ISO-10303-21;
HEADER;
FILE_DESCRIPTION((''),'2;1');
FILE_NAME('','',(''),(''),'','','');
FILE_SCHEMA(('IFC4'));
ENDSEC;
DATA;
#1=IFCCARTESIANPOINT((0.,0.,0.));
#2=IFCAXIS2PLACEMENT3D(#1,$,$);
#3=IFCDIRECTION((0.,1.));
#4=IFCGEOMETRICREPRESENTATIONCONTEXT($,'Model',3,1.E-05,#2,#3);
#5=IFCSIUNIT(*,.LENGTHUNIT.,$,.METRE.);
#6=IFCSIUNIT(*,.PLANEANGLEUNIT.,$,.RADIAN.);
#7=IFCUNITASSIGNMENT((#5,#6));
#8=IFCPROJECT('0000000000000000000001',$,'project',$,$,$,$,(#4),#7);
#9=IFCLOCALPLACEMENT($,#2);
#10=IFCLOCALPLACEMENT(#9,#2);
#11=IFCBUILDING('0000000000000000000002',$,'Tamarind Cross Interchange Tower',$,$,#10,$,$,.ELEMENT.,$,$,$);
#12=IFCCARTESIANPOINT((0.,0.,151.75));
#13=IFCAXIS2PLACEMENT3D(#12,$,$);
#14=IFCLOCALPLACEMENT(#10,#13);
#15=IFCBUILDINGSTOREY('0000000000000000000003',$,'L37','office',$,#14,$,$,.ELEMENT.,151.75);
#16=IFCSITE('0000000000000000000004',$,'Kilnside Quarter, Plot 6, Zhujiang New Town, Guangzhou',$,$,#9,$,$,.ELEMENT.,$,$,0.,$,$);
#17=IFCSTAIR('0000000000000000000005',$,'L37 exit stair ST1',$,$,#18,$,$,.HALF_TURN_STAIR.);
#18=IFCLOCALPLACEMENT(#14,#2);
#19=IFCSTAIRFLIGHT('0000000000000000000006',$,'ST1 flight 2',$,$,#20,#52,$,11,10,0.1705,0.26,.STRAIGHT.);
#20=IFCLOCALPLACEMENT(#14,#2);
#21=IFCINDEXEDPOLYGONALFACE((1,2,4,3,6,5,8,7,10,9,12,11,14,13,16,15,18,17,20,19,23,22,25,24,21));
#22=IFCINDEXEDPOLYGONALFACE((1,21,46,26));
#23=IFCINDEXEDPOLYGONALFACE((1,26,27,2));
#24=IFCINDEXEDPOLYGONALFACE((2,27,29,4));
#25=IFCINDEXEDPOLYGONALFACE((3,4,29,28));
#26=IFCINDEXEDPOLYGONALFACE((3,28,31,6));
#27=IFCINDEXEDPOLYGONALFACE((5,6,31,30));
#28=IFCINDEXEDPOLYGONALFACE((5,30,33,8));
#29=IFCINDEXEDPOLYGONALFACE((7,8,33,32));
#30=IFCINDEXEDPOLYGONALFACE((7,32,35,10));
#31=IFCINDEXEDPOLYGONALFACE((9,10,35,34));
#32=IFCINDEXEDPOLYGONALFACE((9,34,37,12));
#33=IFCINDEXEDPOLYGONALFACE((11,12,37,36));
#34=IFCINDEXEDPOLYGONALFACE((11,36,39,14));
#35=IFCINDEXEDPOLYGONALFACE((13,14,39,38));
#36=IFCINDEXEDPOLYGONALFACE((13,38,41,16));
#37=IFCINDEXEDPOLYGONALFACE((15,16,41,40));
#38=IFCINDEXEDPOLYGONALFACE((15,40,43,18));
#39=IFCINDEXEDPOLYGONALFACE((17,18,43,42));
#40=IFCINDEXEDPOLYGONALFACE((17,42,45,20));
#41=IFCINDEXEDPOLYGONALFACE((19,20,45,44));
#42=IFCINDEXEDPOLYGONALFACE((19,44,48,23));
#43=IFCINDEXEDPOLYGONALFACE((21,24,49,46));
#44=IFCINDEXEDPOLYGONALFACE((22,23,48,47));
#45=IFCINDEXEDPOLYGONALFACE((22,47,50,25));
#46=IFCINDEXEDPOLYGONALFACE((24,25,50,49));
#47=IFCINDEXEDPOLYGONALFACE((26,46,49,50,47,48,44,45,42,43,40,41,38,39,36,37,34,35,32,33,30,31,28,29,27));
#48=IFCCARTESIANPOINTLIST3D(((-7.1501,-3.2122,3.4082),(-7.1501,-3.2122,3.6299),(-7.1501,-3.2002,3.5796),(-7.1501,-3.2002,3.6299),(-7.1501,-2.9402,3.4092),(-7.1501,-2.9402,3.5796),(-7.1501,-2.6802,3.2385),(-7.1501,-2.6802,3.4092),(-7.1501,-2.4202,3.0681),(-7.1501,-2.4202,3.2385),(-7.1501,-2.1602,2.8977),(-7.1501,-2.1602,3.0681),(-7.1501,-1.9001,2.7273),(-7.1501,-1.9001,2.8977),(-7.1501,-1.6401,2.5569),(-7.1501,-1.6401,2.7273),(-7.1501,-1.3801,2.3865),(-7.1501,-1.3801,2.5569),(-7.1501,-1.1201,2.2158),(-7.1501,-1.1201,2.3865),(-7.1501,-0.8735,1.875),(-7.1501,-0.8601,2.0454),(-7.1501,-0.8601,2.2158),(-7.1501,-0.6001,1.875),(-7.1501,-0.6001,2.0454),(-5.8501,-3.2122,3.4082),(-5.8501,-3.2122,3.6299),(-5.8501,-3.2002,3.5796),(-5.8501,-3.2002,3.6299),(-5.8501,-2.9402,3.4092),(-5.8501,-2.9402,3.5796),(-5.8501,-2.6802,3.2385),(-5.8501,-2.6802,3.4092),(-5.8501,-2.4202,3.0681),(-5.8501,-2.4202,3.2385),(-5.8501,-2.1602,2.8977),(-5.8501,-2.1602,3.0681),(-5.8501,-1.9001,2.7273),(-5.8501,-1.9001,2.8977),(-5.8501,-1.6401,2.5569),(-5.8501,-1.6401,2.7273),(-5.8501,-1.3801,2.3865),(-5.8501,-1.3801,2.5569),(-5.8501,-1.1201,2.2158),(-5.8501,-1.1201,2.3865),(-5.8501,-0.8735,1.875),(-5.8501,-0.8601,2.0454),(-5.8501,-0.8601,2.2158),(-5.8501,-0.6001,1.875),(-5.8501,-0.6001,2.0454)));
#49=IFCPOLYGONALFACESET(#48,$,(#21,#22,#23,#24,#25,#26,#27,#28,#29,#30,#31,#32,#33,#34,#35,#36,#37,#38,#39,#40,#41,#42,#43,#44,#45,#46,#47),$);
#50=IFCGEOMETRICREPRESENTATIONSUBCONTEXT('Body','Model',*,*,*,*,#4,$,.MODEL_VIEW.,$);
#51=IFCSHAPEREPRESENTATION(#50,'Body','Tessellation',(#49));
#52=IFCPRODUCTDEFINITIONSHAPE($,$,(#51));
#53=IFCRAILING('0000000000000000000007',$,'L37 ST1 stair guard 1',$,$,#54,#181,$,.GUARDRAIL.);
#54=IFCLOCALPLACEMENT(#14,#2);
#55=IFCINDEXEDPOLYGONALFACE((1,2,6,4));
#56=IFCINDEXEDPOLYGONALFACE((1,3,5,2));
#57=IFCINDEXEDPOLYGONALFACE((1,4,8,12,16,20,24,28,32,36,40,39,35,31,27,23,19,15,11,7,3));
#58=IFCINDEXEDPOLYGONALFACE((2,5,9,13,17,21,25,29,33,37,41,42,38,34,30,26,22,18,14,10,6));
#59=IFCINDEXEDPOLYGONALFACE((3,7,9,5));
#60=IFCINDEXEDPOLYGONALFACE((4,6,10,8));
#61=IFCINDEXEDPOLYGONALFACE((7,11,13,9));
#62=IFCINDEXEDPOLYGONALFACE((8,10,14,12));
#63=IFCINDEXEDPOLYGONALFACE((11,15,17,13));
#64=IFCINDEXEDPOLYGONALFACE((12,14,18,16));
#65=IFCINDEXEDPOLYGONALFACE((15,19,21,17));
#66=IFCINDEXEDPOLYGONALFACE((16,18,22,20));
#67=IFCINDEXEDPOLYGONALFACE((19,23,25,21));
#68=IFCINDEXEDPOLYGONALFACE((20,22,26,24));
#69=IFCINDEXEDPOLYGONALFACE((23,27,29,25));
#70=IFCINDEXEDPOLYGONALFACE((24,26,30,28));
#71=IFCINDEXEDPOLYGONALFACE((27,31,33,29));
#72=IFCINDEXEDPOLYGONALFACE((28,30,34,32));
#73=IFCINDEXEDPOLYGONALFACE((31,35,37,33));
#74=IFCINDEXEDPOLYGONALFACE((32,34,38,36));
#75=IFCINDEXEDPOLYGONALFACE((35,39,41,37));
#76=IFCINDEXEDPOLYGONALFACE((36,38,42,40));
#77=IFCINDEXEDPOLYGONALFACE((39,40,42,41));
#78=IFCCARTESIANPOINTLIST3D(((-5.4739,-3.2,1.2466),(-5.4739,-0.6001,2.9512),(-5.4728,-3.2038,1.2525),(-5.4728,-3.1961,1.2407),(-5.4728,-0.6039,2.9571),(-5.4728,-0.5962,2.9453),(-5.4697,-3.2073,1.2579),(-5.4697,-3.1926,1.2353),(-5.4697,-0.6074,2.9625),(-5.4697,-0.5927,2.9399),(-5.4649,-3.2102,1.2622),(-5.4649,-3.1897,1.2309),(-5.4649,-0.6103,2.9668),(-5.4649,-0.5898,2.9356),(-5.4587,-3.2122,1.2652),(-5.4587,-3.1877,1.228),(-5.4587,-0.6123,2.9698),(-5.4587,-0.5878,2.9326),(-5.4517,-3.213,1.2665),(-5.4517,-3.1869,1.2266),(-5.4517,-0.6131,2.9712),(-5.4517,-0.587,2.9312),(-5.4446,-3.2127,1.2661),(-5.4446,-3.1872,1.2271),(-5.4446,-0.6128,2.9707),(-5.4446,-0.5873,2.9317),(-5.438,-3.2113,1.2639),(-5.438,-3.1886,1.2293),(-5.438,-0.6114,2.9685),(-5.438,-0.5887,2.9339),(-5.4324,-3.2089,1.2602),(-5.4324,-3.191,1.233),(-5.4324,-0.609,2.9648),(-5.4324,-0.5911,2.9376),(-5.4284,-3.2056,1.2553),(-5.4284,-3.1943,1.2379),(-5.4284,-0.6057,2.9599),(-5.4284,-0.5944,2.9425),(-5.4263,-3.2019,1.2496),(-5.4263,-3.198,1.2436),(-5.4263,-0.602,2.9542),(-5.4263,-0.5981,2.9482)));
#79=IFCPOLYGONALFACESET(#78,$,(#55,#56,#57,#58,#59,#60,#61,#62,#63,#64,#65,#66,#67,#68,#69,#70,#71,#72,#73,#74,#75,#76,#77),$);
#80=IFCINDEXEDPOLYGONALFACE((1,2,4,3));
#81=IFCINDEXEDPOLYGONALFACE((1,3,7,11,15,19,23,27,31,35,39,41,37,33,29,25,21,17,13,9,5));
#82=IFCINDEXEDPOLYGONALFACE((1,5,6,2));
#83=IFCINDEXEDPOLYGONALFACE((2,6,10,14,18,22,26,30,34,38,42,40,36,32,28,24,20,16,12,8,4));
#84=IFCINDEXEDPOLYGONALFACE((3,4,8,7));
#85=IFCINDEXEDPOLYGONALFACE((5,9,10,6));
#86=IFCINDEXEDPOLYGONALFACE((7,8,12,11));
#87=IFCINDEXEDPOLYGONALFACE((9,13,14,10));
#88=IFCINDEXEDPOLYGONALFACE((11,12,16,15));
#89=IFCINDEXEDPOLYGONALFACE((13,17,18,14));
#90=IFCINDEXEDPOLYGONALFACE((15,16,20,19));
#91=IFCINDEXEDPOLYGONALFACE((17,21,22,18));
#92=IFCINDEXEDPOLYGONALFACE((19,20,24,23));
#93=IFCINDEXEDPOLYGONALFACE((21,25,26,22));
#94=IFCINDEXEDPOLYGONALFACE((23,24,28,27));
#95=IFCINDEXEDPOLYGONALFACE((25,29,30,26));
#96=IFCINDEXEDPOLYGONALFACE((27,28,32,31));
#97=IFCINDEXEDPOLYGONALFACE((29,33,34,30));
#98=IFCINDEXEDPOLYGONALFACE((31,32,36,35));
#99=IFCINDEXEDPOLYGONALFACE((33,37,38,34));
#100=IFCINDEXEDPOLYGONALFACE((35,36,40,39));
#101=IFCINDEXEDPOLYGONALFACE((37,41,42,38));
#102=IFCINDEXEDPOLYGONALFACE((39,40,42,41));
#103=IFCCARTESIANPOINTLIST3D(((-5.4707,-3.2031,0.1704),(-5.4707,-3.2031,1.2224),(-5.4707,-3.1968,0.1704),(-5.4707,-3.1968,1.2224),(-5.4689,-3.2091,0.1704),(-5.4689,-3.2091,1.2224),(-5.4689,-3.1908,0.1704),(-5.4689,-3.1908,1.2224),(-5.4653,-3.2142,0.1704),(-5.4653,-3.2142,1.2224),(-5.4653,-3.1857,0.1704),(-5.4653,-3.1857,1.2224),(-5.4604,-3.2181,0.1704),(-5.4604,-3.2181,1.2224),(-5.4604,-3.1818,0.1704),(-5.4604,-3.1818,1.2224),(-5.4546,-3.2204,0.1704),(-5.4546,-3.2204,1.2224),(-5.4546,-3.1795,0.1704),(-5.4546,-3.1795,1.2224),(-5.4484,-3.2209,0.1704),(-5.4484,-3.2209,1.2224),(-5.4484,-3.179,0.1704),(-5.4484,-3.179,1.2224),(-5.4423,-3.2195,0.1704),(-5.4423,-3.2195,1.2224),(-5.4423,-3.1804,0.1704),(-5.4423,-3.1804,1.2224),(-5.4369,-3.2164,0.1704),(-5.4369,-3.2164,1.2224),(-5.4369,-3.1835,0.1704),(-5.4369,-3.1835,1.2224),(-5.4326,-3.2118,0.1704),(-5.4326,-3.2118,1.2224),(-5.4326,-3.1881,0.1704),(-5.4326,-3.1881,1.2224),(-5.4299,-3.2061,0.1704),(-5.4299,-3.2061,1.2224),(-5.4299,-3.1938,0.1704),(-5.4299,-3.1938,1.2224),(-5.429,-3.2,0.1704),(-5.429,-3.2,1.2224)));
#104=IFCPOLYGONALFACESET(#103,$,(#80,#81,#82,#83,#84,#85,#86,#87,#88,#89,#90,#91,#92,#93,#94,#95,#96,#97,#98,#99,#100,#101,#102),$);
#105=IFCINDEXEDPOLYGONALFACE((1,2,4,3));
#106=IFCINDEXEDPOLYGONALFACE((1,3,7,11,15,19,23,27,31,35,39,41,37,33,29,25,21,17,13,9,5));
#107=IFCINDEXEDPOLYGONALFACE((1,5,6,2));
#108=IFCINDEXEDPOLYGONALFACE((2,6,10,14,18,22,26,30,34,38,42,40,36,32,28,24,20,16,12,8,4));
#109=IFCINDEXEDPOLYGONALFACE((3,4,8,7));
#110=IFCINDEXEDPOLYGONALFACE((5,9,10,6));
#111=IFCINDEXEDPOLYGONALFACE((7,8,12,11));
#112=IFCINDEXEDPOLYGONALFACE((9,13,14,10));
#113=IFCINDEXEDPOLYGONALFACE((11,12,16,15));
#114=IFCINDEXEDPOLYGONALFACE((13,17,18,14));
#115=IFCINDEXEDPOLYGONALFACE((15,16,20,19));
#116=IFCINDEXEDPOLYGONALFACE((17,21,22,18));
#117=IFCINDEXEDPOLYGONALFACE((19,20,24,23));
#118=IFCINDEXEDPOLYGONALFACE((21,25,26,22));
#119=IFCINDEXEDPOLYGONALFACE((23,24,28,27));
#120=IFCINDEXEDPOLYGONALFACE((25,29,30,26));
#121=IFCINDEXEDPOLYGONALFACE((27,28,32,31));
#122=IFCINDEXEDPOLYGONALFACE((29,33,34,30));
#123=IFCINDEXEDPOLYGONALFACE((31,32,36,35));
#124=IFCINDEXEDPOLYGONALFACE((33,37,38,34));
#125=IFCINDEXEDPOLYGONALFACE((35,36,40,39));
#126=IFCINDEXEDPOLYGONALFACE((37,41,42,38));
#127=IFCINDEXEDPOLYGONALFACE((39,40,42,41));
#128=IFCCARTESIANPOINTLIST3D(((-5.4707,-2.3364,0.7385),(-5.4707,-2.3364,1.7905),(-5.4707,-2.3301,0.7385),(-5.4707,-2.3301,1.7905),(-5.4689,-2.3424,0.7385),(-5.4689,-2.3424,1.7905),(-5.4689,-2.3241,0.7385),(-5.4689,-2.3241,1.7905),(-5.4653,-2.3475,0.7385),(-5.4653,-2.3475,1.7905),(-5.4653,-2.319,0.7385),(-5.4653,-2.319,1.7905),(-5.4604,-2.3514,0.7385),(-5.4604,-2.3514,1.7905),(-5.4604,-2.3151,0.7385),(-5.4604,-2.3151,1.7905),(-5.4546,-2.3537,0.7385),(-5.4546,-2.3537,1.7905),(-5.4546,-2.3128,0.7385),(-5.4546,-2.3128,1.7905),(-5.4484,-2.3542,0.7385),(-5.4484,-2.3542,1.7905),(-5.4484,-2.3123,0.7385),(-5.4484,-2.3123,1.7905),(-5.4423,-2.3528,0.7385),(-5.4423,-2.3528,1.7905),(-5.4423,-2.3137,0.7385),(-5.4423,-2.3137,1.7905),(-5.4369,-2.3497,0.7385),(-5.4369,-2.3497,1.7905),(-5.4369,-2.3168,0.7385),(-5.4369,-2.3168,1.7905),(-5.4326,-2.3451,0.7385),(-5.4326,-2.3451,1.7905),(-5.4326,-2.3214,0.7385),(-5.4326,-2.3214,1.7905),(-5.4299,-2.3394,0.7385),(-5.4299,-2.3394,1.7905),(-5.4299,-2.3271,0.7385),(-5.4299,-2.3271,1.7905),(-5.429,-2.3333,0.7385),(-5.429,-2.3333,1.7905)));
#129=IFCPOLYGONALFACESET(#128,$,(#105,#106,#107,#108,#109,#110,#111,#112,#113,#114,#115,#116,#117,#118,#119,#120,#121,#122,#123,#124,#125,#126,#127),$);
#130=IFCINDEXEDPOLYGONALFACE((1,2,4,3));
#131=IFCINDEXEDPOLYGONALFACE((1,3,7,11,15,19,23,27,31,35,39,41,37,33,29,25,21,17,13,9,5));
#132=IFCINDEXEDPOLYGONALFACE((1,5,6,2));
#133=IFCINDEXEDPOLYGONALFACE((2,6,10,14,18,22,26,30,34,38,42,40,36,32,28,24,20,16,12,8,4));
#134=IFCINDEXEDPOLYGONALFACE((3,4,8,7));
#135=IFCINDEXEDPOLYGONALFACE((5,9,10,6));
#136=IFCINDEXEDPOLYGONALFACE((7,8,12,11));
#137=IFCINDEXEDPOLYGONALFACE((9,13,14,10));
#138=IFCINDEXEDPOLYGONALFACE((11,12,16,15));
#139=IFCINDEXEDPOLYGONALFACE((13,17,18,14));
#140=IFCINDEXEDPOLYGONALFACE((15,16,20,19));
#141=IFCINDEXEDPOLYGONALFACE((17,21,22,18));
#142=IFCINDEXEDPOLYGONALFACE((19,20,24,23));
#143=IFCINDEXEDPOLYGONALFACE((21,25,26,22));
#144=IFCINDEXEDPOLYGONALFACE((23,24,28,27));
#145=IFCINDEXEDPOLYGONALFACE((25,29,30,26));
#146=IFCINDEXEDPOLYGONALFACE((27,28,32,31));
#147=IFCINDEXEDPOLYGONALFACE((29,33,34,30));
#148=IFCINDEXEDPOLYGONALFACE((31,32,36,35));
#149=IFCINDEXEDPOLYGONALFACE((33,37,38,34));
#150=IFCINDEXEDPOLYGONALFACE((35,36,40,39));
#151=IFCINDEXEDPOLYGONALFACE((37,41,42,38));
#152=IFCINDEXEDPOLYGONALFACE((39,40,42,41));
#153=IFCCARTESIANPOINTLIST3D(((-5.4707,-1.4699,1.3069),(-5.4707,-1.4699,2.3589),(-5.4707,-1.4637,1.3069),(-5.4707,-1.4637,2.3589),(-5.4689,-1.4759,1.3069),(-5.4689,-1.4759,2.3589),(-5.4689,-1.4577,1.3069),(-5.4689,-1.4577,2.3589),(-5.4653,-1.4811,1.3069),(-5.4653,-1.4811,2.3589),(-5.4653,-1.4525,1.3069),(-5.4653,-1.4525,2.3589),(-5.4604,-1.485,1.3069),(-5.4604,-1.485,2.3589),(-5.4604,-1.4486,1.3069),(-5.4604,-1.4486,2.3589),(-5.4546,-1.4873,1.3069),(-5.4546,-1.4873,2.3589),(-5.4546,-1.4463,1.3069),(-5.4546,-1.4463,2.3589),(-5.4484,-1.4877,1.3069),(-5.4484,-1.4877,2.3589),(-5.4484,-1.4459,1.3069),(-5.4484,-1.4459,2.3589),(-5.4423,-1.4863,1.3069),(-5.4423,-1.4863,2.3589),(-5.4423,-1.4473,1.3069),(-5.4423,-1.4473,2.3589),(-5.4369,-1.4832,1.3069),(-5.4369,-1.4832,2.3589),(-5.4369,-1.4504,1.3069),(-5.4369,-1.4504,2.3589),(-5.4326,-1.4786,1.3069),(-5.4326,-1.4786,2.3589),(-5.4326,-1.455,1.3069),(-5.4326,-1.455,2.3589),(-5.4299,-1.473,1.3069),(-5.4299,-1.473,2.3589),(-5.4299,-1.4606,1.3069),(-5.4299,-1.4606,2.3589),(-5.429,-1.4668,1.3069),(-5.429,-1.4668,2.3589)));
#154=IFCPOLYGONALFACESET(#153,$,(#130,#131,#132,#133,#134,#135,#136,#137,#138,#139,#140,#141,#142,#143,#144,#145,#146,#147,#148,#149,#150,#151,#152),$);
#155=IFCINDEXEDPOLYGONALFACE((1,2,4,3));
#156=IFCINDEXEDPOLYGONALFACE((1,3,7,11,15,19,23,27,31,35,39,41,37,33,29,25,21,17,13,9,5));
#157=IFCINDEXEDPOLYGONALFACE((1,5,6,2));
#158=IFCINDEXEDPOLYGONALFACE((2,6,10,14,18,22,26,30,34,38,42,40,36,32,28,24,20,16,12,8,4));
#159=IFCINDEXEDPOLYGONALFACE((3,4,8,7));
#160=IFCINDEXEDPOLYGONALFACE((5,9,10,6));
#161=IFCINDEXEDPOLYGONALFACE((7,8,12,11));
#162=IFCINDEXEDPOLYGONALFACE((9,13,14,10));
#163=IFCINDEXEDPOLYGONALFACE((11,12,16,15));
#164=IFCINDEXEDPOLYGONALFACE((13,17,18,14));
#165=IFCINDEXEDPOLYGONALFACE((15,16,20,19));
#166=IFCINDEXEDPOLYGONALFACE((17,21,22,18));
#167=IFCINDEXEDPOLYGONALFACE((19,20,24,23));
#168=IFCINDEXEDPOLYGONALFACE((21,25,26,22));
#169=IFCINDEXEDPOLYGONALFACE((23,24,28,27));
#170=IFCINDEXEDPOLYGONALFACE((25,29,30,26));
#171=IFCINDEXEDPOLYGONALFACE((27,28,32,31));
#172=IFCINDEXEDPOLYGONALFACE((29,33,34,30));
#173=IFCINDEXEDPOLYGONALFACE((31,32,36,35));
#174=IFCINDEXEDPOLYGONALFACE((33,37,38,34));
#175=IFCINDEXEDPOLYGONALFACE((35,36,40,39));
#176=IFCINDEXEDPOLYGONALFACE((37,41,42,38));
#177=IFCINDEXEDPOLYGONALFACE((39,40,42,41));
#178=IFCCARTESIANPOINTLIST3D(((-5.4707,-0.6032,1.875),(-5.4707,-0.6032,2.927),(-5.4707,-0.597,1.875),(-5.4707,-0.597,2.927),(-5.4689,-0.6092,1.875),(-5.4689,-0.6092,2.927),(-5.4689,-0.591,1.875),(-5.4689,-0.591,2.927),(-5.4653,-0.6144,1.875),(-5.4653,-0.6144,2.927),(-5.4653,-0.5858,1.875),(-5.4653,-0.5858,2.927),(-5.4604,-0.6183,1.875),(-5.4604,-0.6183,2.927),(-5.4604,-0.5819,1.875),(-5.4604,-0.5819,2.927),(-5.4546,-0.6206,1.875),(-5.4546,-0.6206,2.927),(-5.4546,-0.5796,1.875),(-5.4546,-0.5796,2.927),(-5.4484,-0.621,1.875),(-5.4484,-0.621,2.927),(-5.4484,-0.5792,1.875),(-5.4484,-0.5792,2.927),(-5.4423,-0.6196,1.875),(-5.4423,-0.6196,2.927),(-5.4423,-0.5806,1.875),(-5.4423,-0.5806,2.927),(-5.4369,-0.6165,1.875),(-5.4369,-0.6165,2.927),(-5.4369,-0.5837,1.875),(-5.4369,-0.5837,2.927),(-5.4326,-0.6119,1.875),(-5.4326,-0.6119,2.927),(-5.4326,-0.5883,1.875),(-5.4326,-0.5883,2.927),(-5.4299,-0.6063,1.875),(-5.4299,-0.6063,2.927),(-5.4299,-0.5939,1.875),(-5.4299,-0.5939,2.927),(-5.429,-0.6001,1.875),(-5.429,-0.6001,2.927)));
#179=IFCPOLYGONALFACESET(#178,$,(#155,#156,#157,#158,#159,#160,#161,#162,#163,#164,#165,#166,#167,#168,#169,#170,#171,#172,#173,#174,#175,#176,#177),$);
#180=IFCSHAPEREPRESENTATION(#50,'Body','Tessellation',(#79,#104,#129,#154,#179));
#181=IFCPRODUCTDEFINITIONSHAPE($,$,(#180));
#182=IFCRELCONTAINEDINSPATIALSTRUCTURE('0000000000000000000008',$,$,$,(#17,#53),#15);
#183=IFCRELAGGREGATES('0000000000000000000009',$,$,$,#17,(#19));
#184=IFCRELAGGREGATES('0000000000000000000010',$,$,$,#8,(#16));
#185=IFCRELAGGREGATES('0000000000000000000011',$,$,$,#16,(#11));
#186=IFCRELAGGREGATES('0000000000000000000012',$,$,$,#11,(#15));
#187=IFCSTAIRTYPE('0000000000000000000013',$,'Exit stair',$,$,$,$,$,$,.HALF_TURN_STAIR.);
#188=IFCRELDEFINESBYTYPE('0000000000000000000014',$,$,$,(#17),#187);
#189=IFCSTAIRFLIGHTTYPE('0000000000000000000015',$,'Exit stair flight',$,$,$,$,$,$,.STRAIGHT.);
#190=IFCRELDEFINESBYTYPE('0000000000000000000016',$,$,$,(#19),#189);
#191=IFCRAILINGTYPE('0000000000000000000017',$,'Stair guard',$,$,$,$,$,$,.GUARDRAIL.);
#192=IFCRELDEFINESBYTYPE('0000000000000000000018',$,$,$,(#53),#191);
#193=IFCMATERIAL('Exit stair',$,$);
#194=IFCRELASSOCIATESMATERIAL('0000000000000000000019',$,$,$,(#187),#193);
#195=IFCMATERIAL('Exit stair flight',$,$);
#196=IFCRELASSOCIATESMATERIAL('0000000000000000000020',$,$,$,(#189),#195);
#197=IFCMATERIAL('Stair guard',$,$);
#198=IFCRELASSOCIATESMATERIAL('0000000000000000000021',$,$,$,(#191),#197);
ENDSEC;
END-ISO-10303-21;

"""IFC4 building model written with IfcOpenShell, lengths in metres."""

from ifc_helpers import new_model, si_unit, direction, frame, origin, origin_2d, place, context, subcontext, project, spatial, polyline, circle, outline, extrude, material, type_object, element, aggregate, save


model = new_model("IFC4")

# Units and contexts
model_context = context("Model", 3, precision=1e-05, world=origin(), true_north=direction((0.0, 1.0)))
body_context = subcontext(model_context, "Body", "Model", "MODEL_VIEW")
ifc_project = project(units=[si_unit("LENGTHUNIT", "METRE"), si_unit("PLANEANGLEUNIT", "RADIAN")], contexts=[model_context])

# Site, building, storey
site_placement = place(None, origin())
site = spatial("IfcSite", under=ifc_project, at=site_placement, Name="Kilnside Quarter, Plot 6, Zhujiang New Town, Guangzhou", CompositionType="ELEMENT", RefElevation=0.0)
building_placement = place(site_placement, origin())
building = spatial("IfcBuilding", under=site, at=building_placement, Name="Tamarind Cross Interchange Tower", CompositionType="ELEMENT")
storey_placement = place(building_placement, frame((0.0, 0.0, 151.75)))
storey = spatial("IfcBuildingStorey", under=building, at=storey_placement, Name="L37", Description="office", CompositionType="ELEMENT", Elevation=151.75)

# Stair, stair flight
ifc_material_1 = material(Name="Exit stair")
stair_type = type_object("IfcStairType", Name="Exit stair", PredefinedType="HALF_TURN_STAIR", material=ifc_material_1)
stair_placement = place(storey_placement, origin())
stair = element("IfcStair", 1, at=stair_placement, inside=storey, type_object=stair_type, Name="L37 exit stair ST1", PredefinedType="HALF_TURN_STAIR")
ifc_material_2 = material(Name="Exit stair flight")
stair_flight_type = type_object("IfcStairFlightType", Name="Exit stair flight", PredefinedType="STRAIGHT", material=ifc_material_2)
stair_flight_1_placement = place(storey_placement, frame((-6.5, -0.6001, 1.875), z_axis=(0.0, 0.0, 1.0), x_axis=(0.0, -1.0, 0.0)))
stair_flight_1 = element("IfcStairFlight", 2, at=stair_flight_1_placement, type_object=stair_flight_type, Name="ST1 flight 2", NumberOfRisers=11, NumberOfTreads=10, PredefinedType="STRAIGHT", RiserHeight=0.1705, TreadLength=0.26, context=body_context, shape_type="SweptSolid", body=[
    extrude(outline(polyline([(0.0, 0.0), (0.0, 0.1704), (0.26, 0.1704), (0.26, 0.3408), (0.52, 0.3408), (0.52, 0.5115), (0.78, 0.5115), (0.78, 0.6819), (1.04, 0.6819), (1.04, 0.8523), (1.3, 0.8523), (1.3, 1.0227), (1.5601, 1.0227), (1.5601, 1.1931), (1.8201, 1.1931), (1.8201, 1.3635), (2.0801, 1.3635), (2.0801, 1.5342), (2.3401, 1.5342), (2.3401, 1.7046), (2.6001, 1.7046), (2.6001, 1.7549), (2.6121, 1.7549), (2.6121, 1.5332), (0.2734, 0.0), (0.0, 0.0)])), frame((0.0, 0.6499, 0.0), z_axis=(0.0, -1.0, 0.0), x_axis=(1.0, 0.0, 0.0)), (0.0, 0.0, 1.0), 1.3),
])
aggregate(stair, [stair_flight_1])

# Railing
ifc_material_3 = material(Name="Stair guard")
railing_type_1 = type_object("IfcRailingType", Name="Stair guard", PredefinedType="GUARDRAIL", material=ifc_material_3)
railing_1_placement = place(storey_placement, frame((-5.45, -3.2, 0.1704)))
element("IfcRailing", 3, at=railing_1_placement, inside=storey, type_object=railing_type_1, Name="L37 ST1 stair guard 1", PredefinedType="GUARDRAIL", context=body_context, shape_type="SweptSolid", body=[
    extrude(circle(Radius=0.0239, at=origin_2d()), frame((0.0, 0.0, 1.0762), z_axis=(0.0, 0.836279, 0.548305), x_axis=(-1.0, 0.0, 0.0)), (0.0, 0.0, 1.0), 3.1089),
    extrude(circle(Radius=0.021, at=origin_2d()), origin(), (0.0, 0.0, 1.0), 1.052),
    extrude(circle(Radius=0.021, at=origin_2d()), frame((0.0, 0.8667, 0.5681)), (0.0, 0.0, 1.0), 1.052),
    extrude(circle(Radius=0.021, at=origin_2d()), frame((0.0, 1.7332, 1.1365)), (0.0, 0.0, 1.0), 1.052),
    extrude(circle(Radius=0.021, at=origin_2d()), frame((0.0, 2.5999, 1.7046)), (0.0, 0.0, 1.0), 1.052),
])

save(model, "model.ifc")
